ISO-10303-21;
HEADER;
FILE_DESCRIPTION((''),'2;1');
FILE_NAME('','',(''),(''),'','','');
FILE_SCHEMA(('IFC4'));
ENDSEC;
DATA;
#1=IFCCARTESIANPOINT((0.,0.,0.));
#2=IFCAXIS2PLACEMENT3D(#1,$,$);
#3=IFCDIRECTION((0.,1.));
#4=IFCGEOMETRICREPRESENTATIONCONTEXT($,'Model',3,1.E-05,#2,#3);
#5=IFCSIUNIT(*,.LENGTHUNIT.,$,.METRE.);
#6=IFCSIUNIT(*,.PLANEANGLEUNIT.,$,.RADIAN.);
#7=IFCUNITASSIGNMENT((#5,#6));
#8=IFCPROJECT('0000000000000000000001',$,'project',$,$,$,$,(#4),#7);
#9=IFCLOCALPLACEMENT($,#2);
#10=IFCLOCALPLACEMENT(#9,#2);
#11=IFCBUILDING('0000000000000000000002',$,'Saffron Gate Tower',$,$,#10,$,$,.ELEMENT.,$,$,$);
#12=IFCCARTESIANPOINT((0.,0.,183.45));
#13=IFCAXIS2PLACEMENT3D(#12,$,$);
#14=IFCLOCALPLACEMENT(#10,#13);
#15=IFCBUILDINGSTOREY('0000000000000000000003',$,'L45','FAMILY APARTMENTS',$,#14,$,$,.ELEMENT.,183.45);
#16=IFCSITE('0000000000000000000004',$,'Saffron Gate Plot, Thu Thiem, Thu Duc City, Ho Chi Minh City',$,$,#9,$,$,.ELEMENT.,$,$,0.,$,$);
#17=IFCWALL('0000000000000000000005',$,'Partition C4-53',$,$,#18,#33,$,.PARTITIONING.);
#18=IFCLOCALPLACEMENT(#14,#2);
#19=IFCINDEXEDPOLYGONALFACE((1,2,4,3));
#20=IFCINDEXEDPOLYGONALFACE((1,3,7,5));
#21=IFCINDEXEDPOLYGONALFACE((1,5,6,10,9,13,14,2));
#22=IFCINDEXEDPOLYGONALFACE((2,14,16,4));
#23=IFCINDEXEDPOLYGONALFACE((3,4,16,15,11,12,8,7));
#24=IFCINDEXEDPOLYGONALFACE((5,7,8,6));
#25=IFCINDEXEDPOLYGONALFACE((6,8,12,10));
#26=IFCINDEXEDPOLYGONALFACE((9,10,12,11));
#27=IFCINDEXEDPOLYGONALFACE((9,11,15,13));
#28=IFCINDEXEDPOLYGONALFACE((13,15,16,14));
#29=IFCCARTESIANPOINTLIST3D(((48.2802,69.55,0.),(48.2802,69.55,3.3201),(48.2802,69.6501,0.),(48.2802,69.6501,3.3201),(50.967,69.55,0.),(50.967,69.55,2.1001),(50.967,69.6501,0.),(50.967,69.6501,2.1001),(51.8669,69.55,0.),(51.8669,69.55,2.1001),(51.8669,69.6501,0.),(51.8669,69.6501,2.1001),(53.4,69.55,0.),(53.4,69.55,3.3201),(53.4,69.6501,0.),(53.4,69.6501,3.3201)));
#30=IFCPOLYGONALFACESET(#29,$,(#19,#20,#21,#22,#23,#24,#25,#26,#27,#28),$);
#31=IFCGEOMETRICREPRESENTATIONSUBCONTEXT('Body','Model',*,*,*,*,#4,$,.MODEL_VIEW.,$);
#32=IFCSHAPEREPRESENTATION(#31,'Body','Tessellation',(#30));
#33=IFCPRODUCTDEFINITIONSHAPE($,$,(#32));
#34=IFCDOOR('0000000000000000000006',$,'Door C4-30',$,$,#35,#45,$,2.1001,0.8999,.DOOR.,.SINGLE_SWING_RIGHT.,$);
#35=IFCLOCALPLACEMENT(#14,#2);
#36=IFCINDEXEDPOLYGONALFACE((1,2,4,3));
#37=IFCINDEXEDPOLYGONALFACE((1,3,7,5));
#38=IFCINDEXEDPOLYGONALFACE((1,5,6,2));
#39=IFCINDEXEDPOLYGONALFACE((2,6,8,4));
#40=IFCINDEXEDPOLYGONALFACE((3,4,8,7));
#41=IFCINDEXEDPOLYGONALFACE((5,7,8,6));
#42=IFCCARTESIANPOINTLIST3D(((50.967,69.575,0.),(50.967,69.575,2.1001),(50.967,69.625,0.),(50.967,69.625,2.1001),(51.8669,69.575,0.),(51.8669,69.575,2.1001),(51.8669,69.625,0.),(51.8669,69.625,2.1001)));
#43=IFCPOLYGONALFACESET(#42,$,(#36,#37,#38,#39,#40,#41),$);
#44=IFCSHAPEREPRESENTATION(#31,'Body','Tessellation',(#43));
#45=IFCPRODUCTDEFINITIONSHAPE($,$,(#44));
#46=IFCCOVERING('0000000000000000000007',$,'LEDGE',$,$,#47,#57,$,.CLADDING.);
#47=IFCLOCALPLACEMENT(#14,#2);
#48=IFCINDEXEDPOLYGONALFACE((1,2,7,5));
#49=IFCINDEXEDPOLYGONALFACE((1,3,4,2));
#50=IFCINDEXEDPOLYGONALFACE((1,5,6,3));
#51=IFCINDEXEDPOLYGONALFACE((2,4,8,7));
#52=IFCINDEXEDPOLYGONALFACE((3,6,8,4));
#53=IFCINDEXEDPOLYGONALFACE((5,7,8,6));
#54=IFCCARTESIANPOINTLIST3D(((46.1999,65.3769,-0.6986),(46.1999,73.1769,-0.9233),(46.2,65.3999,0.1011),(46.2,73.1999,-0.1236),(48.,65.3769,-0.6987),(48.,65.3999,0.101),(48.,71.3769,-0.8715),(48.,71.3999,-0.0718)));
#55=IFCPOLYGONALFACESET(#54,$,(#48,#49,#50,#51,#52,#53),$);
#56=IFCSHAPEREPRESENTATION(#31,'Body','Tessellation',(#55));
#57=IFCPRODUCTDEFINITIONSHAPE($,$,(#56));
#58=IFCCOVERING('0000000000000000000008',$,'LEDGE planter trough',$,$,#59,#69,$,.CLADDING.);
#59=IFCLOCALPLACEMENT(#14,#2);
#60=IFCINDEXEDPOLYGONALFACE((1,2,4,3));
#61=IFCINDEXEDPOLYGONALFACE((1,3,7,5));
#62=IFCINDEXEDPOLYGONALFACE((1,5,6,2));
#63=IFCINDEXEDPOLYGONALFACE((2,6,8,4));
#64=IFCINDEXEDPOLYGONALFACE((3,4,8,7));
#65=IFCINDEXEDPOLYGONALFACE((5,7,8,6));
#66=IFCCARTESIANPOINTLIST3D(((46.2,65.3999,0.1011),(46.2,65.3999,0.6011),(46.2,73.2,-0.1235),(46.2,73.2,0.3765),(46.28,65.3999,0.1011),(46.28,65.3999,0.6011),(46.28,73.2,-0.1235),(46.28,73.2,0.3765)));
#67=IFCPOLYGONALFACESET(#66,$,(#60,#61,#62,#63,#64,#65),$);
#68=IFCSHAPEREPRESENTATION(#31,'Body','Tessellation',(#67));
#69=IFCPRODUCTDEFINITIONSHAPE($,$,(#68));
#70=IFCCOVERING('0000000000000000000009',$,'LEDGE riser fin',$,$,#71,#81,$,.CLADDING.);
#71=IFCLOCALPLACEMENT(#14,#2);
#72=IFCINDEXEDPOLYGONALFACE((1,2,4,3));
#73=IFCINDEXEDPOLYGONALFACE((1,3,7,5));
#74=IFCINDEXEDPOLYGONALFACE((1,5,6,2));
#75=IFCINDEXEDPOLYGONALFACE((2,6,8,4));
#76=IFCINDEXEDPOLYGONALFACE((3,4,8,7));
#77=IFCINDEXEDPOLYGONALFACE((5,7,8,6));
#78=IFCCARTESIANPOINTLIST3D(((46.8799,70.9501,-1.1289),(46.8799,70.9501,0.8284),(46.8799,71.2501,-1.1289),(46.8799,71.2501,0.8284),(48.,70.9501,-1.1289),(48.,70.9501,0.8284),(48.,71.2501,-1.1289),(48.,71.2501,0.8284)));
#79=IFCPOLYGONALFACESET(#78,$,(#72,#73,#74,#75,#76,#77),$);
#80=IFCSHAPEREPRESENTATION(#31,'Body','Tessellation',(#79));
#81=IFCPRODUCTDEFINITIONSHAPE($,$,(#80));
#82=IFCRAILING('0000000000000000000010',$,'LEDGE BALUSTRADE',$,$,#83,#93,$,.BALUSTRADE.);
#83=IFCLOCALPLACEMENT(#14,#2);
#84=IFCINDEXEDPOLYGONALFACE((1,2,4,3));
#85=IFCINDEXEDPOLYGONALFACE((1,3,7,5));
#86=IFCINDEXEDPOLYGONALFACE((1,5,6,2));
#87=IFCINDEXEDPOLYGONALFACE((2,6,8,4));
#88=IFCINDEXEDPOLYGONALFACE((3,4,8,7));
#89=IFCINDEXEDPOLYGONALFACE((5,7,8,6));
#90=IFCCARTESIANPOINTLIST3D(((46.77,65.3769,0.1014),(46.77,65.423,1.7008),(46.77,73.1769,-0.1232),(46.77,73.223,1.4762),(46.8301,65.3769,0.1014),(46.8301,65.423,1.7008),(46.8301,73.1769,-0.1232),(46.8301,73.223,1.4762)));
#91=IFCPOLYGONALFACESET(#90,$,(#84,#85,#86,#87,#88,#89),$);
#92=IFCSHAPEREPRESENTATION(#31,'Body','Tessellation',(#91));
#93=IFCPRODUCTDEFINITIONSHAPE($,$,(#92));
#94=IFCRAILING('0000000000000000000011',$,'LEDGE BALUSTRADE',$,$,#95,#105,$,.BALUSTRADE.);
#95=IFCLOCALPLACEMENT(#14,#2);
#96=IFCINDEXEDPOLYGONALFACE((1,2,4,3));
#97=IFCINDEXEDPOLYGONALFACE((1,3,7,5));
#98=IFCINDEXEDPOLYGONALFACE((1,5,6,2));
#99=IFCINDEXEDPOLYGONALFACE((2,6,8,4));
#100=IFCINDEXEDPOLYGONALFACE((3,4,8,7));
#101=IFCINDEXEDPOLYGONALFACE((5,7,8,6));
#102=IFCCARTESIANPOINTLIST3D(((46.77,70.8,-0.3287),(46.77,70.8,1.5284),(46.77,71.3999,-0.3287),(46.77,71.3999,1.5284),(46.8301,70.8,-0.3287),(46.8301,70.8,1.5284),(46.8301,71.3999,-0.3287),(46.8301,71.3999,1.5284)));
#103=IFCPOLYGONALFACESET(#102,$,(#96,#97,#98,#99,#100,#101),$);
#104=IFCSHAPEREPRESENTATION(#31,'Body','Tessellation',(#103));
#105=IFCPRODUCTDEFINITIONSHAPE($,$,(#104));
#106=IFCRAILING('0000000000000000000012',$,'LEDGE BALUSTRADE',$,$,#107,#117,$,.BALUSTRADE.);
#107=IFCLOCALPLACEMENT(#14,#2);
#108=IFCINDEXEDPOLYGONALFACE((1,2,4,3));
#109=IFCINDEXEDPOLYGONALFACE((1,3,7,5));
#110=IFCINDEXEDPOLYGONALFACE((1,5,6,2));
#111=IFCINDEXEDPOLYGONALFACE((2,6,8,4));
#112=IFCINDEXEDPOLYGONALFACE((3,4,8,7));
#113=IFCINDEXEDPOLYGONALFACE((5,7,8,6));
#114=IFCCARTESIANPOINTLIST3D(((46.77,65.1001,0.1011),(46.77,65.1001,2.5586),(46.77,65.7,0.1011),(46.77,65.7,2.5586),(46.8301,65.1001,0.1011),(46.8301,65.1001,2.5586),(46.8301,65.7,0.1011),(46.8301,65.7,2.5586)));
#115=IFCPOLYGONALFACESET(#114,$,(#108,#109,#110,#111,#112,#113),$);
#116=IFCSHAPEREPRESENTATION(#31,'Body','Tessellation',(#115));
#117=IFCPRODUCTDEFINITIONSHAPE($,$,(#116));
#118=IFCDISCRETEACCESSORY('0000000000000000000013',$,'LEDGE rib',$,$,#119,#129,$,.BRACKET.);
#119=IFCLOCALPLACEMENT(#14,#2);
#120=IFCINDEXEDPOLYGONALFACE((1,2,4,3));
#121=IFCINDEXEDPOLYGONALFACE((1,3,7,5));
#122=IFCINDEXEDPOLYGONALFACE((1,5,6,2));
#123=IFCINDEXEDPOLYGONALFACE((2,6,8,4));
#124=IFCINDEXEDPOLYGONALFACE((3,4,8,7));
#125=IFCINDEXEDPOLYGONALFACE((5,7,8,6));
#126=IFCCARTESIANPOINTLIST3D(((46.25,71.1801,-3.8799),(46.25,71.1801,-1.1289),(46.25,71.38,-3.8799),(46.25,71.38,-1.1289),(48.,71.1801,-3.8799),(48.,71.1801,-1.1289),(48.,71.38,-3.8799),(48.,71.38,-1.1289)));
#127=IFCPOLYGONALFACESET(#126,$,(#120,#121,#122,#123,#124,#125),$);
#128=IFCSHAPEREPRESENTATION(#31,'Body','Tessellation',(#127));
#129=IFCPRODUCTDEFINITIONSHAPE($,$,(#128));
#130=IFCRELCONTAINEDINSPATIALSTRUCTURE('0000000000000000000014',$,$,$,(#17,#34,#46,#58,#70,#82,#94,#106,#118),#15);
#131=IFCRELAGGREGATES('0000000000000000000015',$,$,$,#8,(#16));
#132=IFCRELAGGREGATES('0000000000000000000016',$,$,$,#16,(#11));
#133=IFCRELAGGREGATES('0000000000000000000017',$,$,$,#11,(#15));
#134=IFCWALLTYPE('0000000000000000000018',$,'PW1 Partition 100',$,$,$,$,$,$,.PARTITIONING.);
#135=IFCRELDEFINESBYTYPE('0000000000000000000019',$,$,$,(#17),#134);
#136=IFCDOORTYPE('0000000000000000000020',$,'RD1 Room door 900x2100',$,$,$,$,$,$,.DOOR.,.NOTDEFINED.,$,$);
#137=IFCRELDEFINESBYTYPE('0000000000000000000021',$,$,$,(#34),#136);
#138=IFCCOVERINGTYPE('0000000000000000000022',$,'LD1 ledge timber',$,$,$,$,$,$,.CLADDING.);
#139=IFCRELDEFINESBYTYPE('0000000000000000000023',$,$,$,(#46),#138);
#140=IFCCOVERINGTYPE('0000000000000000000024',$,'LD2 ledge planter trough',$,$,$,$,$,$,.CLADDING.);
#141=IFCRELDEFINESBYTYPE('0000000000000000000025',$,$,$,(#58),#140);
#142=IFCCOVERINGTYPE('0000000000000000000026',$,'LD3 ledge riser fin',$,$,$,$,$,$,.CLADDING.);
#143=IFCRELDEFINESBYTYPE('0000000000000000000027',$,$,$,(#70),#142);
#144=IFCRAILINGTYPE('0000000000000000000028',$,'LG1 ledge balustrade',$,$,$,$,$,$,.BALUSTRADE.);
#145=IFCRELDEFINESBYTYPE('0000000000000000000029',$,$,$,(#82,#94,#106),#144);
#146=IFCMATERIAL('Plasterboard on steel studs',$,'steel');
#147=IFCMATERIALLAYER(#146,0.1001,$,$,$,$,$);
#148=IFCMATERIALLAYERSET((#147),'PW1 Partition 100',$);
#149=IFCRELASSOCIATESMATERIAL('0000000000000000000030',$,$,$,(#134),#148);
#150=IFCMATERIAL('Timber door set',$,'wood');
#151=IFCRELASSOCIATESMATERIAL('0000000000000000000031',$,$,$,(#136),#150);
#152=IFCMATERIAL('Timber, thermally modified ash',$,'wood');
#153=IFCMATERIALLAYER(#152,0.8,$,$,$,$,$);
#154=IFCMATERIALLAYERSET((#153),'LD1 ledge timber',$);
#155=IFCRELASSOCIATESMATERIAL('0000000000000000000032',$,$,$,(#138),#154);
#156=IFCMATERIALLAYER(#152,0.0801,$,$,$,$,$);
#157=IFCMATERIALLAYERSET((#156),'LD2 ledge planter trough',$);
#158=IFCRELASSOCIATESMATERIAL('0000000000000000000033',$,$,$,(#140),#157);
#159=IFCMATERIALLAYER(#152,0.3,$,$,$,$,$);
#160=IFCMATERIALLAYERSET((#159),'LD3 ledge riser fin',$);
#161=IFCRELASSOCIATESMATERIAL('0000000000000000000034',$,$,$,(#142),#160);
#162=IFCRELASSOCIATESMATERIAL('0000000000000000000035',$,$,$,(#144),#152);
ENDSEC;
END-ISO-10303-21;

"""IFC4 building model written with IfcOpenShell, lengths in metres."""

from ifc_helpers import new_model, si_unit, direction, frame, frame_2d, origin, origin_2d, place, context, subcontext, project, spatial, polyline, rectangle, outline, extrude, material, layer, layer_set, type_object, element, fill, save


model = new_model("IFC4")

# Units and contexts
model_context = context("Model", 3, precision=1e-05, world=origin(), true_north=direction((0.0, 1.0)))
body_context = subcontext(model_context, "Body", "Model", "MODEL_VIEW")
ifc_project = project(units=[si_unit("LENGTHUNIT", "METRE"), si_unit("PLANEANGLEUNIT", "RADIAN")], contexts=[model_context])

# Site, building, storey
site_placement = place(None, origin())
site = spatial("IfcSite", under=ifc_project, at=site_placement, Name="Saffron Gate Plot, Thu Thiem, Thu Duc City, Ho Chi Minh City", CompositionType="ELEMENT", RefElevation=0.0)
building_placement = place(site_placement, origin())
building = spatial("IfcBuilding", under=site, at=building_placement, Name="Saffron Gate Tower", CompositionType="ELEMENT")
storey_placement = place(building_placement, frame((0.0, 0.0, 183.45)))
storey = spatial("IfcBuildingStorey", under=building, at=storey_placement, Name="L45", Description="FAMILY APARTMENTS", CompositionType="ELEMENT", Elevation=183.45)

# Wall, opening, door
ifc_material_1 = material(Name="Plasterboard on steel studs", Category="steel")
ifc_layer_1 = layer(ifc_material_1, 0.1001)
ifc_layer_set_1 = layer_set([ifc_layer_1], Name="PW1 Partition 100")
wall_type = type_object("IfcWallType", Name="PW1 Partition 100", PredefinedType="PARTITIONING", material=ifc_layer_set_1)
wall_placement = place(storey_placement, frame((48.28, 69.6001, 0.0), z_axis=(0.0, 0.0, 1.0), x_axis=(1.0, 0.0, 0.0)))
wall = element("IfcWall", 1, at=wall_placement, inside=storey, type_object=wall_type, Name="Partition C4-53", PredefinedType="PARTITIONING", context=body_context, shape_type="SweptSolid", body=[
    extrude(rectangle(XDim=5.1199, YDim=0.1001, at=frame_2d((2.5601, 0.0))), origin(), (0.0, 0.0, 1.0), 3.3201),
])
opening_1_placement = place(wall_placement, frame((2.687, 0.0, 0.0)))
opening_1 = element("IfcOpeningElement", 2, at=opening_1_placement, cuts=wall, PredefinedType="OPENING", context=body_context, shape_type="SweptSolid", body=[
    extrude(rectangle(XDim=0.8999, YDim=2.1001, at=frame_2d((0.45, 1.05))), frame((0.0, 0.0601, 0.0), z_axis=(0.0, -1.0, 0.0), x_axis=(1.0, 0.0, 0.0)), (0.0, 0.0, 1.0), 0.1201),
])
ifc_material_2 = material(Name="Timber door set", Category="wood")
door_type = type_object("IfcDoorType", Name="RD1 Room door 900x2100", OperationType="NOTDEFINED", PredefinedType="DOOR", material=ifc_material_2)
door_placement = place(opening_1_placement, origin())
door = element("IfcDoor", 3, at=door_placement, inside=storey, type_object=door_type, Name="Door C4-30", OperationType="SINGLE_SWING_RIGHT", OverallHeight=2.1001, OverallWidth=0.8999, PredefinedType="DOOR", context=body_context, shape_type="SweptSolid", body=[
    extrude(rectangle(XDim=0.8999, YDim=2.1001, at=frame_2d((0.45, 1.05))), frame((0.0, 0.0249, 0.0), z_axis=(0.0, -1.0, 0.0), x_axis=(1.0, 0.0, 0.0)), (0.0, 0.0, 1.0), 0.05),
])
fill(opening_1, door)

# Coverings
ifc_material_3 = material(Name="Timber, thermally modified ash", Category="wood")
ifc_layer_2 = layer(ifc_material_3, 0.8)
ifc_layer_set_2 = layer_set([ifc_layer_2], Name="LD1 ledge timber")
covering_type_1 = type_object("IfcCoveringType", Name="LD1 ledge timber", PredefinedType="CLADDING", material=ifc_layer_set_2)
covering_1_placement = place(storey_placement, frame((48.0, 71.3999, -0.0718), z_axis=(0.000024, 0.028789, 0.999585), x_axis=(0.0, -0.999585, 0.028789)))
element("IfcCovering", 4, at=covering_1_placement, inside=storey, type_object=covering_type_1, Name="LEDGE", PredefinedType="CLADDING", context=body_context, shape_type="SweptSolid", body=[
    extrude(outline(polyline([(0.0, 0.0), (6.0025, 0.0), (6.0025, -1.8), (-1.8008, -1.8), (0.0, 0.0)])), origin(), (0.0, 0.0, -1.0), 0.8),
])
ifc_layer_3 = layer(ifc_material_3, 0.0801)
ifc_layer_set_3 = layer_set([ifc_layer_3], Name="LD2 ledge planter trough")
covering_type_2 = type_object("IfcCoveringType", Name="LD2 ledge planter trough", PredefinedType="CLADDING", material=ifc_layer_set_3)
covering_2_placement = place(storey_placement, frame((46.2, 73.2, -0.1235), z_axis=(-1.0, 0.0, 0.0), x_axis=(0.0, -0.999586, 0.028784)))
element("IfcCovering", 5, at=covering_2_placement, inside=storey, type_object=covering_type_2, Name="LEDGE planter trough", PredefinedType="CLADDING", context=body_context, shape_type="SweptSolid", body=[
    extrude(outline(polyline([(0.0, 0.0), (7.8033, 0.0), (7.8177, 0.4998), (0.0144, 0.4998), (0.0, 0.0)])), origin(), (0.0, 0.0, -1.0), 0.0801),
])
ifc_layer_4 = layer(ifc_material_3, 0.3)
ifc_layer_set_4 = layer_set([ifc_layer_4], Name="LD3 ledge riser fin")
covering_type_3 = type_object("IfcCoveringType", Name="LD3 ledge riser fin", PredefinedType="CLADDING", material=ifc_layer_set_4)
covering_3_placement = place(storey_placement, frame((47.4399, 71.1001, -1.1289), z_axis=(0.0, 0.0, 1.0), x_axis=(0.0, -1.0, 0.0)))
element("IfcCovering", 6, at=covering_3_placement, inside=storey, type_object=covering_type_3, Name="LEDGE riser fin", PredefinedType="CLADDING", context=body_context, shape_type="SweptSolid", body=[
    extrude(rectangle(XDim=0.3, YDim=1.1201, at=origin_2d()), origin(), (0.0, 0.0, 1.0), 1.9573),
])

# Railings
railing_type = type_object("IfcRailingType", Name="LG1 ledge balustrade", PredefinedType="BALUSTRADE", material=ifc_material_3)
railing_1_placement = place(storey_placement, frame((46.8, 73.2, -0.1235)))
element("IfcRailing", 7, at=railing_1_placement, inside=storey, type_object=railing_type, Name="LEDGE BALUSTRADE", PredefinedType="BALUSTRADE", context=body_context, shape_type="SweptSolid", body=[
    extrude(rectangle(XDim=0.0601, YDim=1.6001, at=origin_2d()), frame((0.0, 0.0, 0.8), z_axis=(0.0, -0.999586, 0.028784), x_axis=(1.0, 0.0, 0.0)), (0.0, 0.0, 1.0), 7.8032),
])
railing_2_placement = place(storey_placement, frame((46.8, 71.3999, -0.3289)))
element("IfcRailing", 8, at=railing_2_placement, inside=storey, type_object=railing_type, Name="LEDGE BALUSTRADE", PredefinedType="BALUSTRADE", context=body_context, shape_type="SweptSolid", body=[
    extrude(rectangle(XDim=0.0601, YDim=1.8572, at=origin_2d()), frame((0.0, 0.0, 0.9287), z_axis=(0.0, -1.0, 0.0), x_axis=(1.0, 0.0, 0.0)), (0.0, 0.0, 1.0), 0.5999),
])
railing_3_placement = place(storey_placement, frame((46.8, 65.7, 0.1011)))
element("IfcRailing", 9, at=railing_3_placement, inside=storey, type_object=railing_type, Name="LEDGE BALUSTRADE", PredefinedType="BALUSTRADE", context=body_context, shape_type="SweptSolid", body=[
    extrude(rectangle(XDim=0.0601, YDim=2.4575, at=origin_2d()), frame((0.0, 0.0, 1.2288), z_axis=(0.0, -1.0, 0.0), x_axis=(1.0, 0.0, 0.0)), (0.0, 0.0, 1.0), 0.5999),
])

# Discrete accessory
discrete_accessory_placement = place(storey_placement, frame((47.125, 71.28, -3.8799), z_axis=(0.0, 0.0, 1.0), x_axis=(0.0, -1.0, 0.0)))
element("IfcDiscreteAccessory", 10, at=discrete_accessory_placement, inside=storey, Name="LEDGE rib", PredefinedType="BRACKET", context=body_context, shape_type="SweptSolid", body=[
    extrude(rectangle(XDim=0.2, YDim=1.75, at=origin_2d()), origin(), (0.0, 0.0, 1.0), 2.751),
])

save(model, "model.ifc")
